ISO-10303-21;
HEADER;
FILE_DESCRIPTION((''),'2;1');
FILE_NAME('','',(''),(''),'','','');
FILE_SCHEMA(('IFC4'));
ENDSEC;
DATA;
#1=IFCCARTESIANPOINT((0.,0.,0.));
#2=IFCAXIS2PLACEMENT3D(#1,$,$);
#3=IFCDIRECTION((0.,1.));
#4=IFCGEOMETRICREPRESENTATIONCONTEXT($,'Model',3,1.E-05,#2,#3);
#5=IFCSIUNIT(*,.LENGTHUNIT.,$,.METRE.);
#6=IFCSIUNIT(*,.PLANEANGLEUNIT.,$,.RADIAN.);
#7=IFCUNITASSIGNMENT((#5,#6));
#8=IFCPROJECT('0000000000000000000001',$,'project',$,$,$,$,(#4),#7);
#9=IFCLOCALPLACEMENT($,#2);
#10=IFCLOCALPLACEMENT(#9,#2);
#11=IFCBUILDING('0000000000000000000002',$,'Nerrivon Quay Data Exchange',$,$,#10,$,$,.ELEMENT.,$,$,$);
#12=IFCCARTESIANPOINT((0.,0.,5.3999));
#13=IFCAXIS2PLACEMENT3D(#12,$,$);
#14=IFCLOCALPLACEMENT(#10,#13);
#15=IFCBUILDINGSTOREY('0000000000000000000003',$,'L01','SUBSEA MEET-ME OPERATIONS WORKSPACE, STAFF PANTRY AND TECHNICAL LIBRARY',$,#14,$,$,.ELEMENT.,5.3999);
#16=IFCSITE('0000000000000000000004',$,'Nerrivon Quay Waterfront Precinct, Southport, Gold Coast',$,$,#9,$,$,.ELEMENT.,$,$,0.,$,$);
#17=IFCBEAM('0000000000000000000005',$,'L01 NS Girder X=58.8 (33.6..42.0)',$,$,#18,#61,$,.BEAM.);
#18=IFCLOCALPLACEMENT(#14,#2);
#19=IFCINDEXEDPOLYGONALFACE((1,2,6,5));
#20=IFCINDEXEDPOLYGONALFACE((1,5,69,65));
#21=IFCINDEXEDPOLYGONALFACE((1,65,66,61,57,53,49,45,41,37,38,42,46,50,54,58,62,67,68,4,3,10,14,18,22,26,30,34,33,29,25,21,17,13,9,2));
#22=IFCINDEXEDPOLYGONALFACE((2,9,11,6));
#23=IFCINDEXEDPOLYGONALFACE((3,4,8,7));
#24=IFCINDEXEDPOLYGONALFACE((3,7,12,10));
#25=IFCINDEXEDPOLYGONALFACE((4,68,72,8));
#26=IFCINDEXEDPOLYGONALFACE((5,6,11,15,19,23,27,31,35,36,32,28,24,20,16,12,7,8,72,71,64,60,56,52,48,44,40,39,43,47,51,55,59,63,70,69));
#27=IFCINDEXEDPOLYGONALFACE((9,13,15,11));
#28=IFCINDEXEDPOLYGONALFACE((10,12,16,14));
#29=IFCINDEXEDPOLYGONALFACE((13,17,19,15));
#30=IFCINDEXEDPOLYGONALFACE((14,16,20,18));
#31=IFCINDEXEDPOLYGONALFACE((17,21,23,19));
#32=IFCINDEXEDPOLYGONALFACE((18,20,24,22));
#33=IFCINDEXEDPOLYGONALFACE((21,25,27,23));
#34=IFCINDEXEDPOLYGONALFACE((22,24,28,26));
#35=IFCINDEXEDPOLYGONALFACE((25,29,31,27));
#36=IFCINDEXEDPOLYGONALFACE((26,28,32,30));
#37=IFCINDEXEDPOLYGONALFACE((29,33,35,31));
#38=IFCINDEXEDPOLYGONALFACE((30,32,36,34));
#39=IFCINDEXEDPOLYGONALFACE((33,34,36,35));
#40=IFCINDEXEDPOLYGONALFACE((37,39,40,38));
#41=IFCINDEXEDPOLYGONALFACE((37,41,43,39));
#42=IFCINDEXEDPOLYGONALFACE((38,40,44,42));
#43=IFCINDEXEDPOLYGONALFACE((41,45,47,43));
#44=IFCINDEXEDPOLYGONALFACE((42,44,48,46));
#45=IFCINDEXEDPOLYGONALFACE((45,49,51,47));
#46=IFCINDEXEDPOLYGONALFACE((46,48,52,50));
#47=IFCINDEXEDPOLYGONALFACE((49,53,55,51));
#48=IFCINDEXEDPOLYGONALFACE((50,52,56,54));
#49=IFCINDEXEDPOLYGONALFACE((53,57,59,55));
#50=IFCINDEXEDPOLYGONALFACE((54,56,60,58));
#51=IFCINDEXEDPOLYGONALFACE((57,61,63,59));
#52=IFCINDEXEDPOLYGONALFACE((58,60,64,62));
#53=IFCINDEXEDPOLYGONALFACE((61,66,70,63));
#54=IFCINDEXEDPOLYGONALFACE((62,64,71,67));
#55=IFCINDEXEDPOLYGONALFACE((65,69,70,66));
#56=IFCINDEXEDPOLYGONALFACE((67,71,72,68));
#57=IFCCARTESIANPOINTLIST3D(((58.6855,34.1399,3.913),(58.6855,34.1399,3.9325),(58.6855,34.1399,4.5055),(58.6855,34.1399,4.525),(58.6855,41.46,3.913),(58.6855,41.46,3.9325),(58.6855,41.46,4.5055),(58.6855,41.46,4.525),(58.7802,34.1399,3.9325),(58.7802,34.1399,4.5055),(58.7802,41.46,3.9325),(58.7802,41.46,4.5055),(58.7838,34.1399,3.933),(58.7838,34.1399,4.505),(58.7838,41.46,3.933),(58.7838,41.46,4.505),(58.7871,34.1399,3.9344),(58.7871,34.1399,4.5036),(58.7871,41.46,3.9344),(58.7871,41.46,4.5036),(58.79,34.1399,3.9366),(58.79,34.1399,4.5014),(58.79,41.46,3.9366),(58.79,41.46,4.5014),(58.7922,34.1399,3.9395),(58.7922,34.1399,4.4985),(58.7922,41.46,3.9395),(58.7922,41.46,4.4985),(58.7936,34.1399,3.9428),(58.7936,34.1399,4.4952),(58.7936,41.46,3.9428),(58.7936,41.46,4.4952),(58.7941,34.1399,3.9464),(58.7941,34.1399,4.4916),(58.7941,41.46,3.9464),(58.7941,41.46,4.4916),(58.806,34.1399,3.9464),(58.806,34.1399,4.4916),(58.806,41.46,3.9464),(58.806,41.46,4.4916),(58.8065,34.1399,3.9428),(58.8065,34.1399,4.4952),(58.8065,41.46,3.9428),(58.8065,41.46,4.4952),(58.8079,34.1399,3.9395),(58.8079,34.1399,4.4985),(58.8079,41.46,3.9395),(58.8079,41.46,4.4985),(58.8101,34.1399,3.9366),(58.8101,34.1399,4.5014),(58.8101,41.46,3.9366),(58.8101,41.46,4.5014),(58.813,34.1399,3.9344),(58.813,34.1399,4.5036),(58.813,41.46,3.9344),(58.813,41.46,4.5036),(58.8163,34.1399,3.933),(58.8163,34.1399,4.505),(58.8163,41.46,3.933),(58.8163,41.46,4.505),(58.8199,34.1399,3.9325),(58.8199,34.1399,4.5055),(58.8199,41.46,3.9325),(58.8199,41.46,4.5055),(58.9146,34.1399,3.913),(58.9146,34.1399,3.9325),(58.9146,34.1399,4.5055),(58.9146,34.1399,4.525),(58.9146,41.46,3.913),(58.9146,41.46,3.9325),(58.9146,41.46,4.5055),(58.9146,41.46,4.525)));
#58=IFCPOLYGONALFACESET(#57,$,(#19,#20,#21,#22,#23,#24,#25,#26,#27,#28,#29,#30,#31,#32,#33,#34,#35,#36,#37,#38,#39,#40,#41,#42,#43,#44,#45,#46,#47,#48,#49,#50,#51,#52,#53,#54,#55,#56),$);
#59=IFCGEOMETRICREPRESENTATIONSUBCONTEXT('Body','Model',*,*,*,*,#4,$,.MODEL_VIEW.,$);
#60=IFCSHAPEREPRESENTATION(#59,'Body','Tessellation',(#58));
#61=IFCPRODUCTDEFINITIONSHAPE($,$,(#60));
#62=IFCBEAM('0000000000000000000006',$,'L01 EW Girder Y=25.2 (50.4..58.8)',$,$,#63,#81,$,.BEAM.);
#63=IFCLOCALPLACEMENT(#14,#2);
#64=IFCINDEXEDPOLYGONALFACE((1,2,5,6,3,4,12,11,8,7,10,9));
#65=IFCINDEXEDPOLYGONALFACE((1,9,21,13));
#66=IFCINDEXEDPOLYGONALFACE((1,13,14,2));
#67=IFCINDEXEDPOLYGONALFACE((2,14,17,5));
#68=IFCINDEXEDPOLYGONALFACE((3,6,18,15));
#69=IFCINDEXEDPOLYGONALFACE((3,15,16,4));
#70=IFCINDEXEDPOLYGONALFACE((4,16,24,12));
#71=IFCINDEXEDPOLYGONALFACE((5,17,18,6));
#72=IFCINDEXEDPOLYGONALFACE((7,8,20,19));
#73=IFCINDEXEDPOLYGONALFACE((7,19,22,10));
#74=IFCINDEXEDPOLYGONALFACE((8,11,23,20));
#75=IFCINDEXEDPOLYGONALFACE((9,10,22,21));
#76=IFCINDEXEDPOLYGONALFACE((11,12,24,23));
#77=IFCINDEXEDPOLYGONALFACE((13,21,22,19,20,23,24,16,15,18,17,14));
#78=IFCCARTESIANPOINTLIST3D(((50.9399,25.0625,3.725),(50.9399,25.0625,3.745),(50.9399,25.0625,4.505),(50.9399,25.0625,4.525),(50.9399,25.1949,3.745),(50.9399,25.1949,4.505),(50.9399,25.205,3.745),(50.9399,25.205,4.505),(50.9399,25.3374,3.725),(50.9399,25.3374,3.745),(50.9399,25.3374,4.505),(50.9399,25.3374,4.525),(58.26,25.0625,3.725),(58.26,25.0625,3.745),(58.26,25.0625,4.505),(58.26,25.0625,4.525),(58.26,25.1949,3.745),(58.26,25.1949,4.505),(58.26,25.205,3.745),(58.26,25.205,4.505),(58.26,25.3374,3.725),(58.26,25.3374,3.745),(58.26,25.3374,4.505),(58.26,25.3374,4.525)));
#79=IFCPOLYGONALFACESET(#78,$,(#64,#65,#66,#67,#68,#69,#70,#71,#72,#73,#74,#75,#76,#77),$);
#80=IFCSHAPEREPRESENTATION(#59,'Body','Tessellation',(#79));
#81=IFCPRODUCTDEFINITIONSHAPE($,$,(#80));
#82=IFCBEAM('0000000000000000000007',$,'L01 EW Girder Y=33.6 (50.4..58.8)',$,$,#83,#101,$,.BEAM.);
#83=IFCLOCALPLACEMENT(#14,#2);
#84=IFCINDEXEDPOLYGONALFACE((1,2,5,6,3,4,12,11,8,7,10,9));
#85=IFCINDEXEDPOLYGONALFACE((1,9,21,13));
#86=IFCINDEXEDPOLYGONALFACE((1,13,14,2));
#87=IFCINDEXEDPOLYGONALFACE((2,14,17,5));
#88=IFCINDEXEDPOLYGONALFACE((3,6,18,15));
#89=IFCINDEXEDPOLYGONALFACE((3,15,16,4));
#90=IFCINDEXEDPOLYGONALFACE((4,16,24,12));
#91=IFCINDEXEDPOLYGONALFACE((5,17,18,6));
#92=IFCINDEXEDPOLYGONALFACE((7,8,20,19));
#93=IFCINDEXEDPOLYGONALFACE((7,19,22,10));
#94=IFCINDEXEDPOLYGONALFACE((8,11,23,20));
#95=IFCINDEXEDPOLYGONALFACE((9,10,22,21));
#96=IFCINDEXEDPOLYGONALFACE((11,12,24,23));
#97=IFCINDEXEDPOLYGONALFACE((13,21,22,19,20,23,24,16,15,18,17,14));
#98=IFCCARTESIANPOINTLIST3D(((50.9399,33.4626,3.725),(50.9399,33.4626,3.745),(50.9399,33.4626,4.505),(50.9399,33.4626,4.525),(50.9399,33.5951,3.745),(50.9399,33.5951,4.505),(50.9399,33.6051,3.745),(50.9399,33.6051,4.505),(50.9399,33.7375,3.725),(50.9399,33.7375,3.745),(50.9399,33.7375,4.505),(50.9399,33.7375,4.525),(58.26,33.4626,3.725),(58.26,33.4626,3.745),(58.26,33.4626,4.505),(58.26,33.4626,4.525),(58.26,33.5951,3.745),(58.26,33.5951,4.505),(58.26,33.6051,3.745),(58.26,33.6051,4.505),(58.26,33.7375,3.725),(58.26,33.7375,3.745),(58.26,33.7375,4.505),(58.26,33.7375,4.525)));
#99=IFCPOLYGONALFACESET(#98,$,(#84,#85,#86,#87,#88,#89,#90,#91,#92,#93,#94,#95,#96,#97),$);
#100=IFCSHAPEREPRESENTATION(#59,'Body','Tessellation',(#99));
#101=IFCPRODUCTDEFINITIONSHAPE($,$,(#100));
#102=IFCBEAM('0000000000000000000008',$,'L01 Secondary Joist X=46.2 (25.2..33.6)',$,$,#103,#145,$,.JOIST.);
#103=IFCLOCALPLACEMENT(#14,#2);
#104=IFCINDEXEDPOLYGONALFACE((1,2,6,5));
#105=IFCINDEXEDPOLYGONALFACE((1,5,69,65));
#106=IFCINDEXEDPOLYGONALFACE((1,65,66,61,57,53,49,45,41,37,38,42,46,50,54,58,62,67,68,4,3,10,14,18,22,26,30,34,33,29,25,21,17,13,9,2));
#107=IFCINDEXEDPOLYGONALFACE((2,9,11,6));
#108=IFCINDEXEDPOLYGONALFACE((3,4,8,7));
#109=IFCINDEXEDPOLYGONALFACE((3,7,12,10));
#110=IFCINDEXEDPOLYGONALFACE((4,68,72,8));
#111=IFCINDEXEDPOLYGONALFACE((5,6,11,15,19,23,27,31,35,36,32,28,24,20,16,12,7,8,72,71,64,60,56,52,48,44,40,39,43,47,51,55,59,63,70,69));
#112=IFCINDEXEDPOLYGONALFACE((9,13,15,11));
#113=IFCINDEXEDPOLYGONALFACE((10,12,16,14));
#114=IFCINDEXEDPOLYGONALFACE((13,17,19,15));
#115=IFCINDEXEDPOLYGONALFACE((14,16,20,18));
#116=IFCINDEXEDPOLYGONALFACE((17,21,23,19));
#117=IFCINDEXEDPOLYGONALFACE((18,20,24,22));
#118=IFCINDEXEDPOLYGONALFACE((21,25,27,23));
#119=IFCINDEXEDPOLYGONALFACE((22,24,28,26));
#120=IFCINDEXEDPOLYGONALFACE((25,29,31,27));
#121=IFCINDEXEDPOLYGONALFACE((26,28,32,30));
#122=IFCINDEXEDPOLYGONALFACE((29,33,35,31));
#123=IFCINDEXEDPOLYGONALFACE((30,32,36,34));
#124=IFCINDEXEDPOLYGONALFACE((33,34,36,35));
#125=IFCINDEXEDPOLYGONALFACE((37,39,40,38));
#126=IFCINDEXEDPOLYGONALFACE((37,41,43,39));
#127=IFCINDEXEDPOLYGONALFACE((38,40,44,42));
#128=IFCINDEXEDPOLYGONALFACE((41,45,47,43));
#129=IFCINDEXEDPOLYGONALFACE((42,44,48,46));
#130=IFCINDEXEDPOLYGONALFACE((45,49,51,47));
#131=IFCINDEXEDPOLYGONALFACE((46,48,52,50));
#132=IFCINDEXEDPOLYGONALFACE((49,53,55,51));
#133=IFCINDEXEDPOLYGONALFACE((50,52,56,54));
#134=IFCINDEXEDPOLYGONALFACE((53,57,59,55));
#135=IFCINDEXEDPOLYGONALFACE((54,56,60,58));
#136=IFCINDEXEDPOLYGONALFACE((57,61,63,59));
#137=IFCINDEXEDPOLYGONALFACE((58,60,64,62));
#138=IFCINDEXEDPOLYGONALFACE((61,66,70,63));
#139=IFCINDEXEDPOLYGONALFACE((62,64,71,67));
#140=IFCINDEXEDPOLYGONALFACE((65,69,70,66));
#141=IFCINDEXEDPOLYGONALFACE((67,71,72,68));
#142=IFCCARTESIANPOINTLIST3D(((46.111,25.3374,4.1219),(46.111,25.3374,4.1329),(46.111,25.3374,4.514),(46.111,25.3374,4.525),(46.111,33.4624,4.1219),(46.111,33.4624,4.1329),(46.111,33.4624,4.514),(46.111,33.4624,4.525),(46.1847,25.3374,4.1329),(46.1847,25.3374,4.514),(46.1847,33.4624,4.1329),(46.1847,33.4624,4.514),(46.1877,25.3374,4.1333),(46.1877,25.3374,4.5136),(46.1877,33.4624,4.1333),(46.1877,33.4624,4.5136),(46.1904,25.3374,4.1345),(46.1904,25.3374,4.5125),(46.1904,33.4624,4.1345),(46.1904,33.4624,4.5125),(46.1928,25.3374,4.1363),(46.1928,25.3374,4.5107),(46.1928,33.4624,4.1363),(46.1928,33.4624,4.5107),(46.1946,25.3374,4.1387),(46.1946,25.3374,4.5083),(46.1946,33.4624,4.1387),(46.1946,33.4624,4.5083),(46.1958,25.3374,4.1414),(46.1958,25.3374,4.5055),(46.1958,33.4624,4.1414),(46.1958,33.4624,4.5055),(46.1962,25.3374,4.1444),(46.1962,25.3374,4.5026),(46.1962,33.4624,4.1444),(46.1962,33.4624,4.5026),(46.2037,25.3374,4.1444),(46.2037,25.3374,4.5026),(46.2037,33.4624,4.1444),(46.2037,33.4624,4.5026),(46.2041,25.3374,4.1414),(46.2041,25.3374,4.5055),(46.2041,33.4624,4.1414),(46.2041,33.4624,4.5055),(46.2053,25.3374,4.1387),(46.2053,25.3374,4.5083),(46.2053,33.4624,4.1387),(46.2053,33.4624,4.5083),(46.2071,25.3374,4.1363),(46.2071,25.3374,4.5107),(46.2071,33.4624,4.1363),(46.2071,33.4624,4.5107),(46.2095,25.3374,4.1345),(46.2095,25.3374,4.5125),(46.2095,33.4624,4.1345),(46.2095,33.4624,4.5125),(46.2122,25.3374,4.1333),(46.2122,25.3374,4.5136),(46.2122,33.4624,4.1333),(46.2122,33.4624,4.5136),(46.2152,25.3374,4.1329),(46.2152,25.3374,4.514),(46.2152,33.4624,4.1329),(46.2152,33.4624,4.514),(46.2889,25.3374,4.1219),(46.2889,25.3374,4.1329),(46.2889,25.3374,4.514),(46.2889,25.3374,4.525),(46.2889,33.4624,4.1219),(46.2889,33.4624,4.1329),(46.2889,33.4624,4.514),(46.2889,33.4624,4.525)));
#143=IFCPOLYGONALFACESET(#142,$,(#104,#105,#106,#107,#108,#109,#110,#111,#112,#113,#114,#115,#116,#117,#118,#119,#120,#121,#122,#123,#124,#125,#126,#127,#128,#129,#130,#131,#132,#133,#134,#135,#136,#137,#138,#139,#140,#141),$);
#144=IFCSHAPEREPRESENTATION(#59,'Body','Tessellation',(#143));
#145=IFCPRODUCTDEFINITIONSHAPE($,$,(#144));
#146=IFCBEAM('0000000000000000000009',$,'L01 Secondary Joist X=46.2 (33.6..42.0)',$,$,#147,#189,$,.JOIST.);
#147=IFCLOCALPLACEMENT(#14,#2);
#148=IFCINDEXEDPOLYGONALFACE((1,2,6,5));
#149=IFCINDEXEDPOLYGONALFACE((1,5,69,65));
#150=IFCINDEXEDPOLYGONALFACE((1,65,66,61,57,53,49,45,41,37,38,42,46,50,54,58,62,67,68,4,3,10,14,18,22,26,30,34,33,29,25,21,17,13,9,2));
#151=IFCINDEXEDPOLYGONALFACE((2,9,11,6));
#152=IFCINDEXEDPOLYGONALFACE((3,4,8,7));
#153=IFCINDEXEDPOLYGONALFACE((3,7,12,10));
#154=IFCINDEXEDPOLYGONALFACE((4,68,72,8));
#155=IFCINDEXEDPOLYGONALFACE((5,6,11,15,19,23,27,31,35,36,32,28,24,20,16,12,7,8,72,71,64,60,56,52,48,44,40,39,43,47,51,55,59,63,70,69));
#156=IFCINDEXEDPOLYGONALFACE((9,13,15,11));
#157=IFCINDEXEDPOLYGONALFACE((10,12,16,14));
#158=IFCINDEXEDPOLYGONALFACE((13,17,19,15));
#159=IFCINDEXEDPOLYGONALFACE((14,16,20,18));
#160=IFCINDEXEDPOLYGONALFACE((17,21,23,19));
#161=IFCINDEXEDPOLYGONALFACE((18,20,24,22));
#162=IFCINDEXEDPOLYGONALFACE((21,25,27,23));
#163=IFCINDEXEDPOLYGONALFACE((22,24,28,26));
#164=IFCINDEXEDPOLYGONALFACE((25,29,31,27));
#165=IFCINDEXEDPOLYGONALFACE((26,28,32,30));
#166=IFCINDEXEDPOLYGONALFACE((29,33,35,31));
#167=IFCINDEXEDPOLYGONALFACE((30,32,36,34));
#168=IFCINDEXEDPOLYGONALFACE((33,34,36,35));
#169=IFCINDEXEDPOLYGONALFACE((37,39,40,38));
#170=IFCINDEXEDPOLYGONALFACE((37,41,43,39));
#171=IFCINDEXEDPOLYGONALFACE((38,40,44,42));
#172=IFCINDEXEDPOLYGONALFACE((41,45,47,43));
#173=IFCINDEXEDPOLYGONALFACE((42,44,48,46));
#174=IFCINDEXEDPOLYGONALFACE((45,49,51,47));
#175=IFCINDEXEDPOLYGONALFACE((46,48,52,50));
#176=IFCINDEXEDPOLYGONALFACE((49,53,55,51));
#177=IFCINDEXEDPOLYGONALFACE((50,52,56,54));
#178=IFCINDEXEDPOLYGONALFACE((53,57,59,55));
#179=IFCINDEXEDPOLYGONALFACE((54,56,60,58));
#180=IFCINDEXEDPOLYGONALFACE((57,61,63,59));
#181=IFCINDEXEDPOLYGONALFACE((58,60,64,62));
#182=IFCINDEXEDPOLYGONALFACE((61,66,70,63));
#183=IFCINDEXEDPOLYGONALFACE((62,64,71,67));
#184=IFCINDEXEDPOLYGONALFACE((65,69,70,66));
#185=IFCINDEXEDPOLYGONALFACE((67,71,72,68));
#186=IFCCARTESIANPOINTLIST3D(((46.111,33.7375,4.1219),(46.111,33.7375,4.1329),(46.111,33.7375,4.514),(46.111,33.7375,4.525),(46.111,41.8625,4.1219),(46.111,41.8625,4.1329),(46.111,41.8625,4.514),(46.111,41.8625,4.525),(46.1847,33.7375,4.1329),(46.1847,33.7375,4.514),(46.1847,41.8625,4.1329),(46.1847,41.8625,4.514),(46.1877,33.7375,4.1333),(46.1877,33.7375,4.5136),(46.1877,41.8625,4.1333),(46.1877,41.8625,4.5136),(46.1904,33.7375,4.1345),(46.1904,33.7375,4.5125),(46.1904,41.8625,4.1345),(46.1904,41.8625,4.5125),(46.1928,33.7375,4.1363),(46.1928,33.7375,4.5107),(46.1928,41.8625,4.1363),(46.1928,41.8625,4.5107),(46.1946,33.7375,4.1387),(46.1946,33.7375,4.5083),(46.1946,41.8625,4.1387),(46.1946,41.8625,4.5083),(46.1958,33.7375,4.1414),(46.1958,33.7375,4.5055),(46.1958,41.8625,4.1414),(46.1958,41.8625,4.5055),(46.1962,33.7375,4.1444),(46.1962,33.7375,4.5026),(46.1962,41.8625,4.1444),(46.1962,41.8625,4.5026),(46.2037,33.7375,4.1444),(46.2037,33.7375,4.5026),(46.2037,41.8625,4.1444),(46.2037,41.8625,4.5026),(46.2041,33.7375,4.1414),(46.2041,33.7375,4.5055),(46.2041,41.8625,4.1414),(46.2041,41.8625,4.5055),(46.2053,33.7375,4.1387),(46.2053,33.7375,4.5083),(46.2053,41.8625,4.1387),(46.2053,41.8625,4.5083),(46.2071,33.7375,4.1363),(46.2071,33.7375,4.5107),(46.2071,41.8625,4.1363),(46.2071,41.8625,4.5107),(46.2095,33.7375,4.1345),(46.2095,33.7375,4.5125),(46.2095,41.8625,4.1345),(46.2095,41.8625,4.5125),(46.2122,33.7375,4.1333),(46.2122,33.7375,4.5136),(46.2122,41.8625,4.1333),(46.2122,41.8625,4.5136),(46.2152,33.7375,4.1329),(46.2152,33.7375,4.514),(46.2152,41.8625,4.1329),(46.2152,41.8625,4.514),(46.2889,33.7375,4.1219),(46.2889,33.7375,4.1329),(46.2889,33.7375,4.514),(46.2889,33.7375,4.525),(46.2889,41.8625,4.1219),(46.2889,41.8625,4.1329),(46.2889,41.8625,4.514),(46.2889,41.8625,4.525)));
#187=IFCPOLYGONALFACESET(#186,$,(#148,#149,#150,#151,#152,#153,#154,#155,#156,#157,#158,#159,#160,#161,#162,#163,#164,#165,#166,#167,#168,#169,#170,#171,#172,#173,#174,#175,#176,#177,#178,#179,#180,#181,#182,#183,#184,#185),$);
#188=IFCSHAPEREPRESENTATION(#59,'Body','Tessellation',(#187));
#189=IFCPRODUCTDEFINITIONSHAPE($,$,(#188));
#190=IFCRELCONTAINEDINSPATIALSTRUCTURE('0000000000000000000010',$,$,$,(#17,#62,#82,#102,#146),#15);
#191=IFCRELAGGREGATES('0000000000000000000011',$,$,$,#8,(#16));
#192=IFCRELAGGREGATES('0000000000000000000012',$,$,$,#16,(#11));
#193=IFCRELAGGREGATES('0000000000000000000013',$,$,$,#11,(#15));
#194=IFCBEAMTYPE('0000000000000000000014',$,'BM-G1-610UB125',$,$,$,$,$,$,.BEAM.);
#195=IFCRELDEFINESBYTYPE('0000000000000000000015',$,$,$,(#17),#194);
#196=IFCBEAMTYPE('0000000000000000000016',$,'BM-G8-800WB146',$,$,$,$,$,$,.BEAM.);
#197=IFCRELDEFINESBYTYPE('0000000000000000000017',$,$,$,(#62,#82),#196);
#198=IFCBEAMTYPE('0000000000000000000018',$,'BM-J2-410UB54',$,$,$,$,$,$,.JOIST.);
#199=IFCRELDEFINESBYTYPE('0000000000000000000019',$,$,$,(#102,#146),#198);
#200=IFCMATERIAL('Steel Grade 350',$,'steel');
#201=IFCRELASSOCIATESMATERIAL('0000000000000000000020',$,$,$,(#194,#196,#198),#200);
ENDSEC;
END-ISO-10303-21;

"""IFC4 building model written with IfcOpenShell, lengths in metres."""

from ifc_helpers import new_model, si_unit, direction, frame, origin, origin_2d, place, context, subcontext, project, spatial, i_section, extrude, material, material_profile, profile_set, type_object, element, save


model = new_model("IFC4")

# Units and contexts
model_context = context("Model", 3, precision=1e-05, world=origin(), true_north=direction((0.0, 1.0)))
body_context = subcontext(model_context, "Body", "Model", "MODEL_VIEW")
ifc_project = project(units=[si_unit("LENGTHUNIT", "METRE"), si_unit("PLANEANGLEUNIT", "RADIAN")], contexts=[model_context])

# Site, building, storey
site_placement = place(None, origin())
site = spatial("IfcSite", under=ifc_project, at=site_placement, Name="Nerrivon Quay Waterfront Precinct, Southport, Gold Coast", CompositionType="ELEMENT", RefElevation=0.0)
building_placement = place(site_placement, origin())
building = spatial("IfcBuilding", under=site, at=building_placement, Name="Nerrivon Quay Data Exchange", CompositionType="ELEMENT")
storey_placement = place(building_placement, frame((0.0, 0.0, 5.3999)))
storey = spatial("IfcBuildingStorey", under=building, at=storey_placement, Name="L01", Description="SUBSEA MEET-ME OPERATIONS WORKSPACE, STAFF PANTRY AND TECHNICAL LIBRARY", CompositionType="ELEMENT", Elevation=5.3999)

# Beams
ifc_material_1 = material(Name="Steel Grade 350", Category="steel")
ifc_material_profile_1 = material_profile(ifc_material_1, i_section(OverallWidth=0.229, OverallDepth=0.6121, WebThickness=0.012, FlangeThickness=0.0195, FilletRadius=0.0139, at=origin_2d()), Name="610UB125")
ifc_profile_set_1 = profile_set([ifc_material_profile_1], Name="Steel Grade 350")
beam_type_1 = type_object("IfcBeamType", Name="BM-G1-610UB125", PredefinedType="BEAM", material=ifc_profile_set_1)
for number, where, z_axis, x_axis, name in (
    (1, (58.8, 34.1399, 4.219), (0.0, 1.0, 0.0), (-1.0, 0.0, 0.0), "L01 NS Girder X=58.8 (33.6..42.0)"),
):
    element("IfcBeam", number, at=place(storey_placement, frame(where, z_axis=z_axis, x_axis=x_axis)), inside=storey, type_object=beam_type_1, Name=name, PredefinedType="BEAM", context=body_context, shape_type="SweptSolid", body=[
        extrude(i_section(OverallWidth=0.229, OverallDepth=0.6121, WebThickness=0.012, FlangeThickness=0.0195, FilletRadius=0.0139, at=origin_2d()), origin(), (0.0, 0.0, 1.0), 7.3201),
    ])
ifc_material_profile_2 = material_profile(ifc_material_1, i_section(OverallWidth=0.2749, OverallDepth=0.8, WebThickness=0.01, FlangeThickness=0.02, at=origin_2d()), Name="800WB146")
ifc_profile_set_2 = profile_set([ifc_material_profile_2], Name="Steel Grade 350")
beam_type_2 = type_object("IfcBeamType", Name="BM-G8-800WB146", PredefinedType="BEAM", material=ifc_profile_set_2)
for number, where, z_axis, x_axis, name in (
    (2, (50.9399, 25.2, 4.125), (1.0, 0.0, 0.0), (0.0, 1.0, 0.0), "L01 EW Girder Y=25.2 (50.4..58.8)"),
    (3, (50.9399, 33.6001, 4.125), (1.0, 0.0, 0.0), (0.0, 1.0, 0.0), "L01 EW Girder Y=33.6 (50.4..58.8)"),
):
    element("IfcBeam", number, at=place(storey_placement, frame(where, z_axis=z_axis, x_axis=x_axis)), inside=storey, type_object=beam_type_2, Name=name, PredefinedType="BEAM", context=body_context, shape_type="SweptSolid", body=[
        extrude(i_section(OverallWidth=0.2749, OverallDepth=0.8, WebThickness=0.01, FlangeThickness=0.02, at=origin_2d()), origin(), (0.0, 0.0, 1.0), 7.3201),
    ])
ifc_material_profile_3 = material_profile(ifc_material_1, i_section(OverallWidth=0.178, OverallDepth=0.4031, WebThickness=0.0076, FlangeThickness=0.011, FilletRadius=0.0115, at=origin_2d()), Name="410UB53.7")
ifc_profile_set_3 = profile_set([ifc_material_profile_3], Name="Steel Grade 350")
beam_type_3 = type_object("IfcBeamType", Name="BM-J2-410UB54", PredefinedType="JOIST", material=ifc_profile_set_3)
for number, where, z_axis, x_axis, name in (
    (4, (46.2, 25.3374, 4.3235), (0.0, 1.0, 0.0), (-1.0, 0.0, 0.0), "L01 Secondary Joist X=46.2 (25.2..33.6)"),
    (5, (46.2, 33.7375, 4.3235), (0.0, 1.0, 0.0), (-1.0, 0.0, 0.0), "L01 Secondary Joist X=46.2 (33.6..42.0)"),
):
    element("IfcBeam", number, at=place(storey_placement, frame(where, z_axis=z_axis, x_axis=x_axis)), inside=storey, type_object=beam_type_3, Name=name, PredefinedType="JOIST", context=body_context, shape_type="SweptSolid", body=[
        extrude(i_section(OverallWidth=0.178, OverallDepth=0.4031, WebThickness=0.0076, FlangeThickness=0.011, FilletRadius=0.0115, at=origin_2d()), origin(), (0.0, 0.0, 1.0), 8.125),
    ])

save(model, "model.ifc")
